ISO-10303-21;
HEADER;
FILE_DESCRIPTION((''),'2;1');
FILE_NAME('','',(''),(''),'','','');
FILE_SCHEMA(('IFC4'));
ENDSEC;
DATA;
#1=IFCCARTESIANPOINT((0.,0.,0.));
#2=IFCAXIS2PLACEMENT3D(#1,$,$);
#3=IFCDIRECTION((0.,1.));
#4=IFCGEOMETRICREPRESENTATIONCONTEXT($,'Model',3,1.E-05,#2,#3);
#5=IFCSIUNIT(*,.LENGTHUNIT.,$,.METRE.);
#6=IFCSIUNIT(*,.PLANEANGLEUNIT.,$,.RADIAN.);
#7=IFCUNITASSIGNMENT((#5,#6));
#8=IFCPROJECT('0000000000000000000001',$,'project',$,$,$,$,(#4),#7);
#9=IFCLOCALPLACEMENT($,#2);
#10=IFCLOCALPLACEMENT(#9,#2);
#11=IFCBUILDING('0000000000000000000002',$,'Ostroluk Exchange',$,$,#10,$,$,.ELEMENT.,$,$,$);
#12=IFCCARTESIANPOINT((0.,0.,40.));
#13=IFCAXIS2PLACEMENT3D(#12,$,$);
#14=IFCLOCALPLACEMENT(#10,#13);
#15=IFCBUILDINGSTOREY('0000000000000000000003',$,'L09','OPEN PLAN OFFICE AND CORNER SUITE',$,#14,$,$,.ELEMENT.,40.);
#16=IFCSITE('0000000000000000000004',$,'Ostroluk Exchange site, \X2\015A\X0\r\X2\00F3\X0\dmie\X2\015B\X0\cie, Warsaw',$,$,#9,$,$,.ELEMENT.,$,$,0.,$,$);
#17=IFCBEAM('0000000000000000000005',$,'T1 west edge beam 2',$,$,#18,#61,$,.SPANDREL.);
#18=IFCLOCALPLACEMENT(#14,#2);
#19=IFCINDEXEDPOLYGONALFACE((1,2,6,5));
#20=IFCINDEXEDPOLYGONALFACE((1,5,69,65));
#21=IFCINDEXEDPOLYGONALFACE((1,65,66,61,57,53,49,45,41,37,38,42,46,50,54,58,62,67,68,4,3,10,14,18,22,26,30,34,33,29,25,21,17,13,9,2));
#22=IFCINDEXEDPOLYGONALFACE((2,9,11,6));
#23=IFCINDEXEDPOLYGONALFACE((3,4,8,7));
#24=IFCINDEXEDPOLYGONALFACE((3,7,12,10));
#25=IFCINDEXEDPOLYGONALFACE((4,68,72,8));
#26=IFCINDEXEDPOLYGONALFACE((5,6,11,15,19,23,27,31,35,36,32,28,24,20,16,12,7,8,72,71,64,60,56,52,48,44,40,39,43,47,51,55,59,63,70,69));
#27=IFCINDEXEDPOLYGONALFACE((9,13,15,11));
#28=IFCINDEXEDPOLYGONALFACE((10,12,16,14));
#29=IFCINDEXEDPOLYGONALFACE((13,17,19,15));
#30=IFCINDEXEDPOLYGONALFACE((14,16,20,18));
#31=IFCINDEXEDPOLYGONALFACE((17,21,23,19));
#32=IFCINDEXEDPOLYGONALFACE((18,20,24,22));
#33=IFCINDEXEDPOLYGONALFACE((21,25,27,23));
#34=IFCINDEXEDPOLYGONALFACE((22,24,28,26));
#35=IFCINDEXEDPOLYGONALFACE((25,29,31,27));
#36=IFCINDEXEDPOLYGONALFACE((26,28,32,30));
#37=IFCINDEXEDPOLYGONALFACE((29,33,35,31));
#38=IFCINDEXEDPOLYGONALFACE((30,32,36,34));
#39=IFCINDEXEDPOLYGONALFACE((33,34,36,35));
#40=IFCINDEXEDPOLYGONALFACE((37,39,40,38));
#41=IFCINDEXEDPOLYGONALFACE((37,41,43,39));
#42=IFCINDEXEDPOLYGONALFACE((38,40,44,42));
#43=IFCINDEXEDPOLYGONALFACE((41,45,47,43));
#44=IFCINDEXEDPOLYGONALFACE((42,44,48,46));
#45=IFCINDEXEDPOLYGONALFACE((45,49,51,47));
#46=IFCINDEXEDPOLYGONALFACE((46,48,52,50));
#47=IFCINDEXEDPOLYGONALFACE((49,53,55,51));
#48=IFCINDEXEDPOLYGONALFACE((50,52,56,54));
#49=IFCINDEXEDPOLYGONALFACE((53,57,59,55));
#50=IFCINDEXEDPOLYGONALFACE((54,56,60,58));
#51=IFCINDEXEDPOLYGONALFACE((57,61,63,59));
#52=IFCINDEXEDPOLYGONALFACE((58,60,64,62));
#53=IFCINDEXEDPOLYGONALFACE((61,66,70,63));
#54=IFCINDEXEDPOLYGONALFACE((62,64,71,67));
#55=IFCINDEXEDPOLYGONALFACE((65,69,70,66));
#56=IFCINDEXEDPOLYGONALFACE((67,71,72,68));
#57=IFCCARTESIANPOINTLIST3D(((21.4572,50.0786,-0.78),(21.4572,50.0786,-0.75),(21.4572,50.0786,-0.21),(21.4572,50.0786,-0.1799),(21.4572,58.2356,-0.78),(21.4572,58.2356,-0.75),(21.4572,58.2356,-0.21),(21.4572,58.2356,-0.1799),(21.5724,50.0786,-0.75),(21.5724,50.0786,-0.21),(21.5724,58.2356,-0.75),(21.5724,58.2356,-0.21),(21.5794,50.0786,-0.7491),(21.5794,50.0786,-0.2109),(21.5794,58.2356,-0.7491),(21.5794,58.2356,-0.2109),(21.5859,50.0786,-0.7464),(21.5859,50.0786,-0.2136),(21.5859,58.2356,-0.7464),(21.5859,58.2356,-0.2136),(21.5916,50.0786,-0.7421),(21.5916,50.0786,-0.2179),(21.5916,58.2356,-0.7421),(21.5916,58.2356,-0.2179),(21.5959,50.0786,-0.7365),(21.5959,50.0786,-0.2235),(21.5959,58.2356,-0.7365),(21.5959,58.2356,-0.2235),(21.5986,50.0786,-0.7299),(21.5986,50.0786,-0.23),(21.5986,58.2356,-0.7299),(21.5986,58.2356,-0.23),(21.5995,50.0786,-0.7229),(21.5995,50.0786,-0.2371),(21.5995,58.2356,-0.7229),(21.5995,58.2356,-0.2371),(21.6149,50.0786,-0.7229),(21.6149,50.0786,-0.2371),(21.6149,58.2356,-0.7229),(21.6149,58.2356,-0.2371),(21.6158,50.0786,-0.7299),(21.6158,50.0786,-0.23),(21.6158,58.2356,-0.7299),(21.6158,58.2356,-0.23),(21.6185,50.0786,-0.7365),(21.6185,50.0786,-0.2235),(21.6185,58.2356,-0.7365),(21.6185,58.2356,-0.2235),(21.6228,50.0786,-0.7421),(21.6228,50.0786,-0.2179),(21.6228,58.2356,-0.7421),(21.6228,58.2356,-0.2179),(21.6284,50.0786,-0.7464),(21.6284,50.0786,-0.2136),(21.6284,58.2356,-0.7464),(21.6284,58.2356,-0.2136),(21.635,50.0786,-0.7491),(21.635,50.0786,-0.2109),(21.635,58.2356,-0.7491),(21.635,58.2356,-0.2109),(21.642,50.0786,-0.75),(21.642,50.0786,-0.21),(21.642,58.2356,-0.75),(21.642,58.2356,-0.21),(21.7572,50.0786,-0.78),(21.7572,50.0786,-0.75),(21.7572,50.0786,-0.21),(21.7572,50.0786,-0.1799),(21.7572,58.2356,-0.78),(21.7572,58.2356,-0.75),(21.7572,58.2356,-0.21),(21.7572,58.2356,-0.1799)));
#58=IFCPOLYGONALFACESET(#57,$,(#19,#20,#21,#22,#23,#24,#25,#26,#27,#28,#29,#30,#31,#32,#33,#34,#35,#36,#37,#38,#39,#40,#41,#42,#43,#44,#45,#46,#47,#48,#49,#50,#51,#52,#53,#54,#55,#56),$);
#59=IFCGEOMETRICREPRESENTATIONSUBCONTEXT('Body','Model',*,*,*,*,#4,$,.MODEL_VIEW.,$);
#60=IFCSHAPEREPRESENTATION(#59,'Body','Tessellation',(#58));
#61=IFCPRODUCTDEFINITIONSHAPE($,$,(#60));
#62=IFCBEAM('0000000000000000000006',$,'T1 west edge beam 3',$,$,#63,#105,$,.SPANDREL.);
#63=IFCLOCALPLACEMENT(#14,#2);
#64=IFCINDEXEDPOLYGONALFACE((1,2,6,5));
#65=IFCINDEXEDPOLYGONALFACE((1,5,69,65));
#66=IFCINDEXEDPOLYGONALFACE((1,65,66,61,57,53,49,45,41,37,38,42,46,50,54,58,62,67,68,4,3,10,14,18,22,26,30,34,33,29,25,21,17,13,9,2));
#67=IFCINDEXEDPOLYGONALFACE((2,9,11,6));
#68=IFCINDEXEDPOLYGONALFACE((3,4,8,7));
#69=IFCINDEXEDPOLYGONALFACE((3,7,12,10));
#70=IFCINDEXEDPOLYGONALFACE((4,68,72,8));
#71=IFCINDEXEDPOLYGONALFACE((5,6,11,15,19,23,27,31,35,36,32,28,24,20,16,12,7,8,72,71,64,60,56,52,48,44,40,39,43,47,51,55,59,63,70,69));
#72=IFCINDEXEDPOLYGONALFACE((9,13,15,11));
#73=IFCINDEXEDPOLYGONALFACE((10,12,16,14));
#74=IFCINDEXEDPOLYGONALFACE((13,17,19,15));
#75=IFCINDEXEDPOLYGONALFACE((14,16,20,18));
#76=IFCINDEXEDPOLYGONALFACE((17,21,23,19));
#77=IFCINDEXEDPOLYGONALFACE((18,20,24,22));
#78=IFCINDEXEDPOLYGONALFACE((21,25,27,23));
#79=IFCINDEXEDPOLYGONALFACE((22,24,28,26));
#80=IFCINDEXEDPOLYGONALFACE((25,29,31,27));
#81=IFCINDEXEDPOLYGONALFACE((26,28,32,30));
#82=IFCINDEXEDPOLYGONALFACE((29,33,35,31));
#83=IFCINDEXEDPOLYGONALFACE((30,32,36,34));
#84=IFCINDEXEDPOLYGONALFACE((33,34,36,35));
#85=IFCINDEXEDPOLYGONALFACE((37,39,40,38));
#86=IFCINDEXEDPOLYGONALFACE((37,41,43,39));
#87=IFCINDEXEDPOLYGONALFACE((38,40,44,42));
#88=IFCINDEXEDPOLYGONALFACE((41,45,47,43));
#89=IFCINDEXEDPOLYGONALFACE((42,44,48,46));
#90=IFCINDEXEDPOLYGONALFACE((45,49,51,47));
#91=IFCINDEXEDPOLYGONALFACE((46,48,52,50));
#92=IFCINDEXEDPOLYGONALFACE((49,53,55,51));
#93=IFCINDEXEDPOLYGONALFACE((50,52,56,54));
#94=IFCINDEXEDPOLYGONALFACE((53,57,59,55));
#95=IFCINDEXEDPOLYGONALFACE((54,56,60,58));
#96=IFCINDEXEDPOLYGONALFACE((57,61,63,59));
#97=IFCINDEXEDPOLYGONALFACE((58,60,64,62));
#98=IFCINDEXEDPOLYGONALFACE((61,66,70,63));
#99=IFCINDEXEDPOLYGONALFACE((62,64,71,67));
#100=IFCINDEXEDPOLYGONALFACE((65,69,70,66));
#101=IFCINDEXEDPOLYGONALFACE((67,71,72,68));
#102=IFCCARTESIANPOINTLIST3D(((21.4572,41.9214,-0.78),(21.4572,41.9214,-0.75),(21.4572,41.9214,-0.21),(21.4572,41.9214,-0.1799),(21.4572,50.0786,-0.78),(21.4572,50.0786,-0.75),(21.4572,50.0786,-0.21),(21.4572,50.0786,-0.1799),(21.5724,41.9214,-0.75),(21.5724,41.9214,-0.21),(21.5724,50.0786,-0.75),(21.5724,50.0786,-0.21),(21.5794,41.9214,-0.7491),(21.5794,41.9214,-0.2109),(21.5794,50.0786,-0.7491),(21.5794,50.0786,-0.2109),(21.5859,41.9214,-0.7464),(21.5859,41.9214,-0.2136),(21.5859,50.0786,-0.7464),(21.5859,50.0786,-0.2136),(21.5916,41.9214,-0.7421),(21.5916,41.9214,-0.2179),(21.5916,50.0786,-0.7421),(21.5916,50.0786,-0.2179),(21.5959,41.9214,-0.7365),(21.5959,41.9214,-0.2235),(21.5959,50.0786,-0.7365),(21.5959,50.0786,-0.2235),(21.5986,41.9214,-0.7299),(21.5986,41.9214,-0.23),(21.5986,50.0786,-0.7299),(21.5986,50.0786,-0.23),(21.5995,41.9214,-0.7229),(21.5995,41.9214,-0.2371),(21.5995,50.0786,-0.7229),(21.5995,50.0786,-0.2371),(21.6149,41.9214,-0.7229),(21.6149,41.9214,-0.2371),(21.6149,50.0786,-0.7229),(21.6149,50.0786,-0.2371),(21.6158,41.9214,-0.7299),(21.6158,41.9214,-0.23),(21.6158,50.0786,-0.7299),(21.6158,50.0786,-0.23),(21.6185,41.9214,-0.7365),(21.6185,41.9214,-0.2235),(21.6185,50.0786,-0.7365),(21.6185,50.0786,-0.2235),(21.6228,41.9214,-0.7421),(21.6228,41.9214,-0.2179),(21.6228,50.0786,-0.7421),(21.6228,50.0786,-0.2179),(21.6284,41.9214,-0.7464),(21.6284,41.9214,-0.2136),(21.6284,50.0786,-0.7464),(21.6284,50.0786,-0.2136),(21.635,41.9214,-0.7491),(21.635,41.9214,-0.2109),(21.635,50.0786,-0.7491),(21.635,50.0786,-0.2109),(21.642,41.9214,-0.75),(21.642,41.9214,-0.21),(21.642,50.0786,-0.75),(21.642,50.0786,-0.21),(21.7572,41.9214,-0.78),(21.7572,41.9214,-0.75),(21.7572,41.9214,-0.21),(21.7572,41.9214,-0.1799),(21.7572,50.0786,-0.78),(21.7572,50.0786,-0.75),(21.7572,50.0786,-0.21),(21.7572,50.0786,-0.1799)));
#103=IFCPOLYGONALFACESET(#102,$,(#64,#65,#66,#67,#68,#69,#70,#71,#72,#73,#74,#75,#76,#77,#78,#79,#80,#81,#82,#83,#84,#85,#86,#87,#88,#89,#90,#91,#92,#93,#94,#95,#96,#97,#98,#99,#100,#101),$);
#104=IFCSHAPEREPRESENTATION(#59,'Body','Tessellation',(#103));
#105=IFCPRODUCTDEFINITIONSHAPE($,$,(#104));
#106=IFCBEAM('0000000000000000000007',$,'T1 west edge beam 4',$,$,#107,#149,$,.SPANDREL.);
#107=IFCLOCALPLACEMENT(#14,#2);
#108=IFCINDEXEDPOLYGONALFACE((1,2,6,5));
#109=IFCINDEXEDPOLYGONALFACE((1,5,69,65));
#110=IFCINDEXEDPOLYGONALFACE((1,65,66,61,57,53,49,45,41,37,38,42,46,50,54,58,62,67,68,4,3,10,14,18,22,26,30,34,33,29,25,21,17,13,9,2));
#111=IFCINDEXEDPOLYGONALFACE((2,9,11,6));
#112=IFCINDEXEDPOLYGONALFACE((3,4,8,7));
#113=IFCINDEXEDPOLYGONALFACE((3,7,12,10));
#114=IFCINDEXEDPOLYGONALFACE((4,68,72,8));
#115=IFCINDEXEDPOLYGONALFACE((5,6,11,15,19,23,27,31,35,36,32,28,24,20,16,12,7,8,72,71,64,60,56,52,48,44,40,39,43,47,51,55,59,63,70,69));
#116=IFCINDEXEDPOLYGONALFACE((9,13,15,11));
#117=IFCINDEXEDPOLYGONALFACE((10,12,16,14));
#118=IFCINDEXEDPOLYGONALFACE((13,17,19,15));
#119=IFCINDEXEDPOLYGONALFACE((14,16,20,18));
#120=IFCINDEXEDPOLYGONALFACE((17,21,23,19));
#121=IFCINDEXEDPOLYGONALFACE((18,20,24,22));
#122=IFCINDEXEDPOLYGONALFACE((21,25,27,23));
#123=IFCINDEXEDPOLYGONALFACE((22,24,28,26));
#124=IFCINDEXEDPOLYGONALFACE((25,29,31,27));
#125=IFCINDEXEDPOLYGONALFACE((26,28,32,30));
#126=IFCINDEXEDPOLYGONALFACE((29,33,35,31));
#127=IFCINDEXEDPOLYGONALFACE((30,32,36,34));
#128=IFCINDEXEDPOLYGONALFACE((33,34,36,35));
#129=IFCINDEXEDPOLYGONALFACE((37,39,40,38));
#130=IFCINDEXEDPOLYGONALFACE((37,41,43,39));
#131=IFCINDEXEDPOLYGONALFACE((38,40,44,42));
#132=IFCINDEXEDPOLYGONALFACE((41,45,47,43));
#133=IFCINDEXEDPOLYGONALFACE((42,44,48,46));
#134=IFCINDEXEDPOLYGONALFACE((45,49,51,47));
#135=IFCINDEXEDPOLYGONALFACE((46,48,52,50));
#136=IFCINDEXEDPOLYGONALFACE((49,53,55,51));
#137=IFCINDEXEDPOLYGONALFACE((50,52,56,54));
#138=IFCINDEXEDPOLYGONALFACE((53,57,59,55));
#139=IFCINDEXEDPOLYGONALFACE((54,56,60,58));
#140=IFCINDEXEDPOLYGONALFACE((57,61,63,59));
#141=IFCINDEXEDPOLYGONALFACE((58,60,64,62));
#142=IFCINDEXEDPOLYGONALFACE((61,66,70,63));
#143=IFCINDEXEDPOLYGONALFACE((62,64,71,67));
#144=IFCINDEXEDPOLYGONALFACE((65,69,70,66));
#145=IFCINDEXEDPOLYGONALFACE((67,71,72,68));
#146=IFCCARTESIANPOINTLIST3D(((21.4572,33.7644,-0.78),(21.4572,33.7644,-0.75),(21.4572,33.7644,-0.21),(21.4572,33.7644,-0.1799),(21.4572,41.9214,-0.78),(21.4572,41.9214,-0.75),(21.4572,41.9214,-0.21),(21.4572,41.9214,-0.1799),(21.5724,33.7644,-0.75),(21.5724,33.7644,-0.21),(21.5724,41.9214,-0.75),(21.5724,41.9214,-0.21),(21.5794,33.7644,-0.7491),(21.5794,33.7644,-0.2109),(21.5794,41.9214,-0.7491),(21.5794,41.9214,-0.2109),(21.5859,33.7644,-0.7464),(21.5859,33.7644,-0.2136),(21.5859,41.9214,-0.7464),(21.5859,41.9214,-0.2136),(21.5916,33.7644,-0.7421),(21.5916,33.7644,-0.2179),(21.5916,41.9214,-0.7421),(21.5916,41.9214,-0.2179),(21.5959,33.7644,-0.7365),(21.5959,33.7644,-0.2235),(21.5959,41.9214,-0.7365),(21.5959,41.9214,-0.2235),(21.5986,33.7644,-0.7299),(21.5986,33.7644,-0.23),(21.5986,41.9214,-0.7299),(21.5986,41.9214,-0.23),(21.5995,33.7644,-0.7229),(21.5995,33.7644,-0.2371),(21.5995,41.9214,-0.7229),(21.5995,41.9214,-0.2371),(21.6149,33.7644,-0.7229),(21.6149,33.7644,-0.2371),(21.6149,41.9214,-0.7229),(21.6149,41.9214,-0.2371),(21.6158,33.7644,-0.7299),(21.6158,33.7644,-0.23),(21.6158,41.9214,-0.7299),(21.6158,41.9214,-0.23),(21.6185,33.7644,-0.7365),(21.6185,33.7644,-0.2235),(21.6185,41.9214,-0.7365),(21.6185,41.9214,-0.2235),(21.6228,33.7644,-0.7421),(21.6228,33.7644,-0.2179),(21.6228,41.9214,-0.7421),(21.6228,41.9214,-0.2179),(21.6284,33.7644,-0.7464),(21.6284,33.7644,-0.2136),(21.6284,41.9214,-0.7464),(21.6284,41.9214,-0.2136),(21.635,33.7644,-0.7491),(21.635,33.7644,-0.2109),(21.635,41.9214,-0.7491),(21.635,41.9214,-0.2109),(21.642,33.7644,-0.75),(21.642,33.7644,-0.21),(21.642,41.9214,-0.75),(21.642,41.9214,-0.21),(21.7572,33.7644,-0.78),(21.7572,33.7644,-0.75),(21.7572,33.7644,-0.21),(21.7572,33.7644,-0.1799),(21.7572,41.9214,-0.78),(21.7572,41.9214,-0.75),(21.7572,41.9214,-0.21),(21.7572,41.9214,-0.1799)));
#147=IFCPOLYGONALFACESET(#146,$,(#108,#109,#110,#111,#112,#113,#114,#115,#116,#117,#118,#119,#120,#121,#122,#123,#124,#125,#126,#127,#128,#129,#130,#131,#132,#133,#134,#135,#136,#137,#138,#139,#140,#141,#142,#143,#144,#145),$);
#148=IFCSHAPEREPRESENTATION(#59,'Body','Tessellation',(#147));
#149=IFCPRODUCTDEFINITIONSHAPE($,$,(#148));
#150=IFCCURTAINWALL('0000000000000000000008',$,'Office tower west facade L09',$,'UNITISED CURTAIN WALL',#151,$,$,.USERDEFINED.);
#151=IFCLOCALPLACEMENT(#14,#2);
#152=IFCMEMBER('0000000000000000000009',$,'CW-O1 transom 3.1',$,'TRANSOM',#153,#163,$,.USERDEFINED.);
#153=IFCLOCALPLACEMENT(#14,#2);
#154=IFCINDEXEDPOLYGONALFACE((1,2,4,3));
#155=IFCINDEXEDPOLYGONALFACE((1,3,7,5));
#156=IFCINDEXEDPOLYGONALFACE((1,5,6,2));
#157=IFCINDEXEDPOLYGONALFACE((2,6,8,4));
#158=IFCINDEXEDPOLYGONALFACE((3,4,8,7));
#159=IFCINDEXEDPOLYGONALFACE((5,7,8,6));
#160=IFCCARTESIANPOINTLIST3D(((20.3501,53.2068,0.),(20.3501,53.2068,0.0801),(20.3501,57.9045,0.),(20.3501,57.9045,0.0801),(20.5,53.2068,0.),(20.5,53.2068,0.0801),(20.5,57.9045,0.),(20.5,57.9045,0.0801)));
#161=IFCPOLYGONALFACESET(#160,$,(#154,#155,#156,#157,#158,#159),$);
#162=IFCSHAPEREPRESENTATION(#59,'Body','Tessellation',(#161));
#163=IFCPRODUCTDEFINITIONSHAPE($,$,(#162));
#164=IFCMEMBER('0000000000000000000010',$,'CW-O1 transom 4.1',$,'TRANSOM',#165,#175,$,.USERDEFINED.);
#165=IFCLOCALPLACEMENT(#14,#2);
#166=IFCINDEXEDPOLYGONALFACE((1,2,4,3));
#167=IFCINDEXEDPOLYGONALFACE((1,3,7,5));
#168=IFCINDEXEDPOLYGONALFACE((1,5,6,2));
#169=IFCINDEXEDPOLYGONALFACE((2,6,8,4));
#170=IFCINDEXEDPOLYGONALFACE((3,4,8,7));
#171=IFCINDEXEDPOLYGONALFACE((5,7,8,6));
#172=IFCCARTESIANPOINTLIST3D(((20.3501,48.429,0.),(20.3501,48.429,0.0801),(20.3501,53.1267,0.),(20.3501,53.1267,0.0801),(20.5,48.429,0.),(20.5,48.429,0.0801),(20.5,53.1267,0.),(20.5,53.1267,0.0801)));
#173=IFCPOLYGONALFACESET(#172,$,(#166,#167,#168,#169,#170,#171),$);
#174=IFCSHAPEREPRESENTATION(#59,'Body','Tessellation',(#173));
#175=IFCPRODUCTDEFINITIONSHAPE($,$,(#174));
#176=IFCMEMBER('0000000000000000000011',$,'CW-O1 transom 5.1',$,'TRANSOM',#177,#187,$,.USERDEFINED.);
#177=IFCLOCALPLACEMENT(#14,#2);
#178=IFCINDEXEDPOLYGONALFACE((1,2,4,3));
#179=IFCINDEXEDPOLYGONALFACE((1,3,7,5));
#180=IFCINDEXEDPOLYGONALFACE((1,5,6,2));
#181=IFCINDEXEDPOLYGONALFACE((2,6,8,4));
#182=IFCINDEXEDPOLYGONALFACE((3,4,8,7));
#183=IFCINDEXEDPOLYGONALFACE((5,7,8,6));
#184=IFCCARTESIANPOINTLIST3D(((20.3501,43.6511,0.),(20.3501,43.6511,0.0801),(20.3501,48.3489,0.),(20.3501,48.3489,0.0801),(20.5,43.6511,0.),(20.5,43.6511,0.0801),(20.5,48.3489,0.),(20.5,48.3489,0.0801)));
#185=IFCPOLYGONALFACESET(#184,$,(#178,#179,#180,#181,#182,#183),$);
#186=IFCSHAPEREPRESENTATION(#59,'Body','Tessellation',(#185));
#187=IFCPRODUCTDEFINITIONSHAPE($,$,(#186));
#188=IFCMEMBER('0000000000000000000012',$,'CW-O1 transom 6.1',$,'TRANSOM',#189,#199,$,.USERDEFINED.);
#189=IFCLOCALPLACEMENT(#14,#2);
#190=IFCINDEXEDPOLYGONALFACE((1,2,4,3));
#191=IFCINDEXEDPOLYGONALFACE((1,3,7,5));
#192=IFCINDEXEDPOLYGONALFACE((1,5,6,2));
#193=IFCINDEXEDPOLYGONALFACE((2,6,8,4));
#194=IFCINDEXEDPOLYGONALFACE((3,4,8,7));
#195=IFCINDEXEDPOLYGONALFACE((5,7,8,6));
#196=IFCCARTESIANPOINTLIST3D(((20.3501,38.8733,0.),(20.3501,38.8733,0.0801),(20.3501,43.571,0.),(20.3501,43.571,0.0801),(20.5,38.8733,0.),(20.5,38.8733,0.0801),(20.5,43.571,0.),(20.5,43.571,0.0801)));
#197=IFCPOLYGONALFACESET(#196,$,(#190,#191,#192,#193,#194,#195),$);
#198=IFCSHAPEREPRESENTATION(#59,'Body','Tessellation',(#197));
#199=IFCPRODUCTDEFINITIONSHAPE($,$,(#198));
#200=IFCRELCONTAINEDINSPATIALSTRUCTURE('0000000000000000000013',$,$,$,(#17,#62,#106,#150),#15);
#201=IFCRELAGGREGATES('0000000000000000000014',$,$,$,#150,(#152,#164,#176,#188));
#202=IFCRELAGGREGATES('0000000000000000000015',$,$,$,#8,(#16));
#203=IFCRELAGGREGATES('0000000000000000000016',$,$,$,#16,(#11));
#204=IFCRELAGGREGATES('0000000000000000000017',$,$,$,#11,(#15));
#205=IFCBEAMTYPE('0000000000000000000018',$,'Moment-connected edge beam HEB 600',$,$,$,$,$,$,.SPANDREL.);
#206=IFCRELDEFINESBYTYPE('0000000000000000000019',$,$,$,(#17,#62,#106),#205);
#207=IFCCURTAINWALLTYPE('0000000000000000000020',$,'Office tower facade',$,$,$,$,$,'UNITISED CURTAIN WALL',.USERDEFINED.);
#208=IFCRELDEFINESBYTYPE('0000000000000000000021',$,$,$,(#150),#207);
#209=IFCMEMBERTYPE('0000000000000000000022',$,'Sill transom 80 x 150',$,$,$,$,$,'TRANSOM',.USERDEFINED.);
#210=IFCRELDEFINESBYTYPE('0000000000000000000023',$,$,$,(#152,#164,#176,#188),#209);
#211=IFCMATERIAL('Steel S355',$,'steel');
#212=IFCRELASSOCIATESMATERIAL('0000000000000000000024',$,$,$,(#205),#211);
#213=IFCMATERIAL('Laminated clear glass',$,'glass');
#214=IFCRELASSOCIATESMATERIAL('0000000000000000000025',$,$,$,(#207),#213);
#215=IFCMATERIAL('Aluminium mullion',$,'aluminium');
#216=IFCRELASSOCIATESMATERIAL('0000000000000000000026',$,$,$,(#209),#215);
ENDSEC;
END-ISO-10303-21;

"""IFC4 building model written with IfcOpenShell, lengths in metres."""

from ifc_helpers import new_model, si_unit, direction, frame, origin, origin_2d, place, context, subcontext, project, spatial, rectangle, i_section, extrude, material, material_profile, profile_set, type_object, element, aggregate, save


model = new_model("IFC4")

# Units and contexts
model_context = context("Model", 3, precision=1e-05, world=origin(), true_north=direction((0.0, 1.0)))
body_context = subcontext(model_context, "Body", "Model", "MODEL_VIEW")
ifc_project = project(units=[si_unit("LENGTHUNIT", "METRE"), si_unit("PLANEANGLEUNIT", "RADIAN")], contexts=[model_context])

# Site, building, storey
site_placement = place(None, origin())
site = spatial("IfcSite", under=ifc_project, at=site_placement, Name="Ostroluk Exchange site, Śródmieście, Warsaw", CompositionType="ELEMENT", RefElevation=0.0)
building_placement = place(site_placement, origin())
building = spatial("IfcBuilding", under=site, at=building_placement, Name="Ostroluk Exchange", CompositionType="ELEMENT")
storey_placement = place(building_placement, frame((0.0, 0.0, 40.0)))
storey = spatial("IfcBuildingStorey", under=building, at=storey_placement, Name="L09", Description="OPEN PLAN OFFICE AND CORNER SUITE", CompositionType="ELEMENT", Elevation=40.0)

# Beams
ifc_material_1 = material(Name="Steel S355", Category="steel")
ifc_material_profile_1 = material_profile(ifc_material_1, i_section(OverallWidth=0.3, OverallDepth=0.6001, WebThickness=0.0154, FlangeThickness=0.03, FilletRadius=0.0271, at=origin_2d()), Name="HEB 600")
ifc_profile_set_1 = profile_set([ifc_material_profile_1], Name="Steel S355")
beam_type_1 = type_object("IfcBeamType", Name="Moment-connected edge beam HEB 600", PredefinedType="SPANDREL", material=ifc_profile_set_1)
beam_1_placement = place(storey_placement, frame((21.6072, 58.2356, -0.48), z_axis=(0.0, -1.0, 0.0), x_axis=(1.0, 0.0, 0.0)))
element("IfcBeam", 1, at=beam_1_placement, inside=storey, type_object=beam_type_1, Name="T1 west edge beam 2", PredefinedType="SPANDREL", context=body_context, shape_type="SweptSolid", body=[
    extrude(i_section(OverallWidth=0.3, OverallDepth=0.6001, WebThickness=0.0154, FlangeThickness=0.03, FilletRadius=0.0271, at=origin_2d()), origin(), (0.0, 0.0, 1.0), 8.157),
])
beam_2_placement = place(storey_placement, frame((21.6072, 50.0786, -0.48), z_axis=(0.0, -1.0, 0.0), x_axis=(1.0, 0.0, 0.0)))
element("IfcBeam", 2, at=beam_2_placement, inside=storey, type_object=beam_type_1, Name="T1 west edge beam 3", PredefinedType="SPANDREL", context=body_context, shape_type="SweptSolid", body=[
    extrude(i_section(OverallWidth=0.3, OverallDepth=0.6001, WebThickness=0.0154, FlangeThickness=0.03, FilletRadius=0.0271, at=origin_2d()), origin(), (0.0, 0.0, 1.0), 8.1572),
])
beam_3_placement = place(storey_placement, frame((21.6072, 41.9214, -0.48), z_axis=(0.0, -1.0, 0.0), x_axis=(1.0, 0.0, 0.0)))
element("IfcBeam", 3, at=beam_3_placement, inside=storey, type_object=beam_type_1, Name="T1 west edge beam 4", PredefinedType="SPANDREL", context=body_context, shape_type="SweptSolid", body=[
    extrude(i_section(OverallWidth=0.3, OverallDepth=0.6001, WebThickness=0.0154, FlangeThickness=0.03, FilletRadius=0.0271, at=origin_2d()), origin(), (0.0, 0.0, 1.0), 8.157),
])

# Curtain wall, members
ifc_material_2 = material(Name="Laminated clear glass", Category="glass")
curtain_wall_type = type_object("IfcCurtainWallType", Name="Office tower facade", ElementType="UNITISED CURTAIN WALL", PredefinedType="USERDEFINED", material=ifc_material_2)
curtain_wall_placement = place(storey_placement, origin())
curtain_wall = element("IfcCurtainWall", 4, at=curtain_wall_placement, inside=storey, type_object=curtain_wall_type, Name="Office tower west facade L09", ObjectType="UNITISED CURTAIN WALL", PredefinedType="USERDEFINED")
ifc_material_3 = material(Name="Aluminium mullion", Category="aluminium")
ifc_material_profile_2 = material_profile(ifc_material_3, rectangle(XDim=0.1499, YDim=0.0801, at=origin_2d()), Name="Sill transom 80 x 150")
ifc_profile_set_2 = profile_set([ifc_material_profile_2], Name="Aluminium mullion")
member_type_1 = type_object("IfcMemberType", Name="Sill transom 80 x 150", ElementType="TRANSOM", PredefinedType="USERDEFINED", material=ifc_profile_set_2)
member_1_placement = place(storey_placement, frame((20.425, 57.9045, 0.04), z_axis=(0.0, -1.0, 0.0), x_axis=(1.0, 0.0, 0.0)))
member_1 = element("IfcMember", 5, at=member_1_placement, type_object=member_type_1, Name="CW-O1 transom 3.1", ObjectType="TRANSOM", PredefinedType="USERDEFINED", context=body_context, shape_type="SweptSolid", body=[
    extrude(rectangle(XDim=0.1499, YDim=0.0801, at=origin_2d()), origin(), (0.0, 0.0, 1.0), 4.6978),
])
member_2_placement = place(storey_placement, frame((20.425, 53.1267, 0.04), z_axis=(0.0, -1.0, 0.0), x_axis=(1.0, 0.0, 0.0)))
member_2 = element("IfcMember", 6, at=member_2_placement, type_object=member_type_1, Name="CW-O1 transom 4.1", ObjectType="TRANSOM", PredefinedType="USERDEFINED", context=body_context, shape_type="SweptSolid", body=[
    extrude(rectangle(XDim=0.1499, YDim=0.0801, at=origin_2d()), origin(), (0.0, 0.0, 1.0), 4.6978),
])
member_3_placement = place(storey_placement, frame((20.425, 48.3489, 0.04), z_axis=(0.0, -1.0, 0.0), x_axis=(1.0, 0.0, 0.0)))
member_3 = element("IfcMember", 7, at=member_3_placement, type_object=member_type_1, Name="CW-O1 transom 5.1", ObjectType="TRANSOM", PredefinedType="USERDEFINED", context=body_context, shape_type="SweptSolid", body=[
    extrude(rectangle(XDim=0.1499, YDim=0.0801, at=origin_2d()), origin(), (0.0, 0.0, 1.0), 4.6978),
])
member_4_placement = place(storey_placement, frame((20.425, 43.571, 0.04), z_axis=(0.0, -1.0, 0.0), x_axis=(1.0, 0.0, 0.0)))
member_4 = element("IfcMember", 8, at=member_4_placement, type_object=member_type_1, Name="CW-O1 transom 6.1", ObjectType="TRANSOM", PredefinedType="USERDEFINED", context=body_context, shape_type="SweptSolid", body=[
    extrude(rectangle(XDim=0.1499, YDim=0.0801, at=origin_2d()), origin(), (0.0, 0.0, 1.0), 4.6978),
])
aggregate(curtain_wall, [member_1, member_2, member_3, member_4])

save(model, "model.ifc")
